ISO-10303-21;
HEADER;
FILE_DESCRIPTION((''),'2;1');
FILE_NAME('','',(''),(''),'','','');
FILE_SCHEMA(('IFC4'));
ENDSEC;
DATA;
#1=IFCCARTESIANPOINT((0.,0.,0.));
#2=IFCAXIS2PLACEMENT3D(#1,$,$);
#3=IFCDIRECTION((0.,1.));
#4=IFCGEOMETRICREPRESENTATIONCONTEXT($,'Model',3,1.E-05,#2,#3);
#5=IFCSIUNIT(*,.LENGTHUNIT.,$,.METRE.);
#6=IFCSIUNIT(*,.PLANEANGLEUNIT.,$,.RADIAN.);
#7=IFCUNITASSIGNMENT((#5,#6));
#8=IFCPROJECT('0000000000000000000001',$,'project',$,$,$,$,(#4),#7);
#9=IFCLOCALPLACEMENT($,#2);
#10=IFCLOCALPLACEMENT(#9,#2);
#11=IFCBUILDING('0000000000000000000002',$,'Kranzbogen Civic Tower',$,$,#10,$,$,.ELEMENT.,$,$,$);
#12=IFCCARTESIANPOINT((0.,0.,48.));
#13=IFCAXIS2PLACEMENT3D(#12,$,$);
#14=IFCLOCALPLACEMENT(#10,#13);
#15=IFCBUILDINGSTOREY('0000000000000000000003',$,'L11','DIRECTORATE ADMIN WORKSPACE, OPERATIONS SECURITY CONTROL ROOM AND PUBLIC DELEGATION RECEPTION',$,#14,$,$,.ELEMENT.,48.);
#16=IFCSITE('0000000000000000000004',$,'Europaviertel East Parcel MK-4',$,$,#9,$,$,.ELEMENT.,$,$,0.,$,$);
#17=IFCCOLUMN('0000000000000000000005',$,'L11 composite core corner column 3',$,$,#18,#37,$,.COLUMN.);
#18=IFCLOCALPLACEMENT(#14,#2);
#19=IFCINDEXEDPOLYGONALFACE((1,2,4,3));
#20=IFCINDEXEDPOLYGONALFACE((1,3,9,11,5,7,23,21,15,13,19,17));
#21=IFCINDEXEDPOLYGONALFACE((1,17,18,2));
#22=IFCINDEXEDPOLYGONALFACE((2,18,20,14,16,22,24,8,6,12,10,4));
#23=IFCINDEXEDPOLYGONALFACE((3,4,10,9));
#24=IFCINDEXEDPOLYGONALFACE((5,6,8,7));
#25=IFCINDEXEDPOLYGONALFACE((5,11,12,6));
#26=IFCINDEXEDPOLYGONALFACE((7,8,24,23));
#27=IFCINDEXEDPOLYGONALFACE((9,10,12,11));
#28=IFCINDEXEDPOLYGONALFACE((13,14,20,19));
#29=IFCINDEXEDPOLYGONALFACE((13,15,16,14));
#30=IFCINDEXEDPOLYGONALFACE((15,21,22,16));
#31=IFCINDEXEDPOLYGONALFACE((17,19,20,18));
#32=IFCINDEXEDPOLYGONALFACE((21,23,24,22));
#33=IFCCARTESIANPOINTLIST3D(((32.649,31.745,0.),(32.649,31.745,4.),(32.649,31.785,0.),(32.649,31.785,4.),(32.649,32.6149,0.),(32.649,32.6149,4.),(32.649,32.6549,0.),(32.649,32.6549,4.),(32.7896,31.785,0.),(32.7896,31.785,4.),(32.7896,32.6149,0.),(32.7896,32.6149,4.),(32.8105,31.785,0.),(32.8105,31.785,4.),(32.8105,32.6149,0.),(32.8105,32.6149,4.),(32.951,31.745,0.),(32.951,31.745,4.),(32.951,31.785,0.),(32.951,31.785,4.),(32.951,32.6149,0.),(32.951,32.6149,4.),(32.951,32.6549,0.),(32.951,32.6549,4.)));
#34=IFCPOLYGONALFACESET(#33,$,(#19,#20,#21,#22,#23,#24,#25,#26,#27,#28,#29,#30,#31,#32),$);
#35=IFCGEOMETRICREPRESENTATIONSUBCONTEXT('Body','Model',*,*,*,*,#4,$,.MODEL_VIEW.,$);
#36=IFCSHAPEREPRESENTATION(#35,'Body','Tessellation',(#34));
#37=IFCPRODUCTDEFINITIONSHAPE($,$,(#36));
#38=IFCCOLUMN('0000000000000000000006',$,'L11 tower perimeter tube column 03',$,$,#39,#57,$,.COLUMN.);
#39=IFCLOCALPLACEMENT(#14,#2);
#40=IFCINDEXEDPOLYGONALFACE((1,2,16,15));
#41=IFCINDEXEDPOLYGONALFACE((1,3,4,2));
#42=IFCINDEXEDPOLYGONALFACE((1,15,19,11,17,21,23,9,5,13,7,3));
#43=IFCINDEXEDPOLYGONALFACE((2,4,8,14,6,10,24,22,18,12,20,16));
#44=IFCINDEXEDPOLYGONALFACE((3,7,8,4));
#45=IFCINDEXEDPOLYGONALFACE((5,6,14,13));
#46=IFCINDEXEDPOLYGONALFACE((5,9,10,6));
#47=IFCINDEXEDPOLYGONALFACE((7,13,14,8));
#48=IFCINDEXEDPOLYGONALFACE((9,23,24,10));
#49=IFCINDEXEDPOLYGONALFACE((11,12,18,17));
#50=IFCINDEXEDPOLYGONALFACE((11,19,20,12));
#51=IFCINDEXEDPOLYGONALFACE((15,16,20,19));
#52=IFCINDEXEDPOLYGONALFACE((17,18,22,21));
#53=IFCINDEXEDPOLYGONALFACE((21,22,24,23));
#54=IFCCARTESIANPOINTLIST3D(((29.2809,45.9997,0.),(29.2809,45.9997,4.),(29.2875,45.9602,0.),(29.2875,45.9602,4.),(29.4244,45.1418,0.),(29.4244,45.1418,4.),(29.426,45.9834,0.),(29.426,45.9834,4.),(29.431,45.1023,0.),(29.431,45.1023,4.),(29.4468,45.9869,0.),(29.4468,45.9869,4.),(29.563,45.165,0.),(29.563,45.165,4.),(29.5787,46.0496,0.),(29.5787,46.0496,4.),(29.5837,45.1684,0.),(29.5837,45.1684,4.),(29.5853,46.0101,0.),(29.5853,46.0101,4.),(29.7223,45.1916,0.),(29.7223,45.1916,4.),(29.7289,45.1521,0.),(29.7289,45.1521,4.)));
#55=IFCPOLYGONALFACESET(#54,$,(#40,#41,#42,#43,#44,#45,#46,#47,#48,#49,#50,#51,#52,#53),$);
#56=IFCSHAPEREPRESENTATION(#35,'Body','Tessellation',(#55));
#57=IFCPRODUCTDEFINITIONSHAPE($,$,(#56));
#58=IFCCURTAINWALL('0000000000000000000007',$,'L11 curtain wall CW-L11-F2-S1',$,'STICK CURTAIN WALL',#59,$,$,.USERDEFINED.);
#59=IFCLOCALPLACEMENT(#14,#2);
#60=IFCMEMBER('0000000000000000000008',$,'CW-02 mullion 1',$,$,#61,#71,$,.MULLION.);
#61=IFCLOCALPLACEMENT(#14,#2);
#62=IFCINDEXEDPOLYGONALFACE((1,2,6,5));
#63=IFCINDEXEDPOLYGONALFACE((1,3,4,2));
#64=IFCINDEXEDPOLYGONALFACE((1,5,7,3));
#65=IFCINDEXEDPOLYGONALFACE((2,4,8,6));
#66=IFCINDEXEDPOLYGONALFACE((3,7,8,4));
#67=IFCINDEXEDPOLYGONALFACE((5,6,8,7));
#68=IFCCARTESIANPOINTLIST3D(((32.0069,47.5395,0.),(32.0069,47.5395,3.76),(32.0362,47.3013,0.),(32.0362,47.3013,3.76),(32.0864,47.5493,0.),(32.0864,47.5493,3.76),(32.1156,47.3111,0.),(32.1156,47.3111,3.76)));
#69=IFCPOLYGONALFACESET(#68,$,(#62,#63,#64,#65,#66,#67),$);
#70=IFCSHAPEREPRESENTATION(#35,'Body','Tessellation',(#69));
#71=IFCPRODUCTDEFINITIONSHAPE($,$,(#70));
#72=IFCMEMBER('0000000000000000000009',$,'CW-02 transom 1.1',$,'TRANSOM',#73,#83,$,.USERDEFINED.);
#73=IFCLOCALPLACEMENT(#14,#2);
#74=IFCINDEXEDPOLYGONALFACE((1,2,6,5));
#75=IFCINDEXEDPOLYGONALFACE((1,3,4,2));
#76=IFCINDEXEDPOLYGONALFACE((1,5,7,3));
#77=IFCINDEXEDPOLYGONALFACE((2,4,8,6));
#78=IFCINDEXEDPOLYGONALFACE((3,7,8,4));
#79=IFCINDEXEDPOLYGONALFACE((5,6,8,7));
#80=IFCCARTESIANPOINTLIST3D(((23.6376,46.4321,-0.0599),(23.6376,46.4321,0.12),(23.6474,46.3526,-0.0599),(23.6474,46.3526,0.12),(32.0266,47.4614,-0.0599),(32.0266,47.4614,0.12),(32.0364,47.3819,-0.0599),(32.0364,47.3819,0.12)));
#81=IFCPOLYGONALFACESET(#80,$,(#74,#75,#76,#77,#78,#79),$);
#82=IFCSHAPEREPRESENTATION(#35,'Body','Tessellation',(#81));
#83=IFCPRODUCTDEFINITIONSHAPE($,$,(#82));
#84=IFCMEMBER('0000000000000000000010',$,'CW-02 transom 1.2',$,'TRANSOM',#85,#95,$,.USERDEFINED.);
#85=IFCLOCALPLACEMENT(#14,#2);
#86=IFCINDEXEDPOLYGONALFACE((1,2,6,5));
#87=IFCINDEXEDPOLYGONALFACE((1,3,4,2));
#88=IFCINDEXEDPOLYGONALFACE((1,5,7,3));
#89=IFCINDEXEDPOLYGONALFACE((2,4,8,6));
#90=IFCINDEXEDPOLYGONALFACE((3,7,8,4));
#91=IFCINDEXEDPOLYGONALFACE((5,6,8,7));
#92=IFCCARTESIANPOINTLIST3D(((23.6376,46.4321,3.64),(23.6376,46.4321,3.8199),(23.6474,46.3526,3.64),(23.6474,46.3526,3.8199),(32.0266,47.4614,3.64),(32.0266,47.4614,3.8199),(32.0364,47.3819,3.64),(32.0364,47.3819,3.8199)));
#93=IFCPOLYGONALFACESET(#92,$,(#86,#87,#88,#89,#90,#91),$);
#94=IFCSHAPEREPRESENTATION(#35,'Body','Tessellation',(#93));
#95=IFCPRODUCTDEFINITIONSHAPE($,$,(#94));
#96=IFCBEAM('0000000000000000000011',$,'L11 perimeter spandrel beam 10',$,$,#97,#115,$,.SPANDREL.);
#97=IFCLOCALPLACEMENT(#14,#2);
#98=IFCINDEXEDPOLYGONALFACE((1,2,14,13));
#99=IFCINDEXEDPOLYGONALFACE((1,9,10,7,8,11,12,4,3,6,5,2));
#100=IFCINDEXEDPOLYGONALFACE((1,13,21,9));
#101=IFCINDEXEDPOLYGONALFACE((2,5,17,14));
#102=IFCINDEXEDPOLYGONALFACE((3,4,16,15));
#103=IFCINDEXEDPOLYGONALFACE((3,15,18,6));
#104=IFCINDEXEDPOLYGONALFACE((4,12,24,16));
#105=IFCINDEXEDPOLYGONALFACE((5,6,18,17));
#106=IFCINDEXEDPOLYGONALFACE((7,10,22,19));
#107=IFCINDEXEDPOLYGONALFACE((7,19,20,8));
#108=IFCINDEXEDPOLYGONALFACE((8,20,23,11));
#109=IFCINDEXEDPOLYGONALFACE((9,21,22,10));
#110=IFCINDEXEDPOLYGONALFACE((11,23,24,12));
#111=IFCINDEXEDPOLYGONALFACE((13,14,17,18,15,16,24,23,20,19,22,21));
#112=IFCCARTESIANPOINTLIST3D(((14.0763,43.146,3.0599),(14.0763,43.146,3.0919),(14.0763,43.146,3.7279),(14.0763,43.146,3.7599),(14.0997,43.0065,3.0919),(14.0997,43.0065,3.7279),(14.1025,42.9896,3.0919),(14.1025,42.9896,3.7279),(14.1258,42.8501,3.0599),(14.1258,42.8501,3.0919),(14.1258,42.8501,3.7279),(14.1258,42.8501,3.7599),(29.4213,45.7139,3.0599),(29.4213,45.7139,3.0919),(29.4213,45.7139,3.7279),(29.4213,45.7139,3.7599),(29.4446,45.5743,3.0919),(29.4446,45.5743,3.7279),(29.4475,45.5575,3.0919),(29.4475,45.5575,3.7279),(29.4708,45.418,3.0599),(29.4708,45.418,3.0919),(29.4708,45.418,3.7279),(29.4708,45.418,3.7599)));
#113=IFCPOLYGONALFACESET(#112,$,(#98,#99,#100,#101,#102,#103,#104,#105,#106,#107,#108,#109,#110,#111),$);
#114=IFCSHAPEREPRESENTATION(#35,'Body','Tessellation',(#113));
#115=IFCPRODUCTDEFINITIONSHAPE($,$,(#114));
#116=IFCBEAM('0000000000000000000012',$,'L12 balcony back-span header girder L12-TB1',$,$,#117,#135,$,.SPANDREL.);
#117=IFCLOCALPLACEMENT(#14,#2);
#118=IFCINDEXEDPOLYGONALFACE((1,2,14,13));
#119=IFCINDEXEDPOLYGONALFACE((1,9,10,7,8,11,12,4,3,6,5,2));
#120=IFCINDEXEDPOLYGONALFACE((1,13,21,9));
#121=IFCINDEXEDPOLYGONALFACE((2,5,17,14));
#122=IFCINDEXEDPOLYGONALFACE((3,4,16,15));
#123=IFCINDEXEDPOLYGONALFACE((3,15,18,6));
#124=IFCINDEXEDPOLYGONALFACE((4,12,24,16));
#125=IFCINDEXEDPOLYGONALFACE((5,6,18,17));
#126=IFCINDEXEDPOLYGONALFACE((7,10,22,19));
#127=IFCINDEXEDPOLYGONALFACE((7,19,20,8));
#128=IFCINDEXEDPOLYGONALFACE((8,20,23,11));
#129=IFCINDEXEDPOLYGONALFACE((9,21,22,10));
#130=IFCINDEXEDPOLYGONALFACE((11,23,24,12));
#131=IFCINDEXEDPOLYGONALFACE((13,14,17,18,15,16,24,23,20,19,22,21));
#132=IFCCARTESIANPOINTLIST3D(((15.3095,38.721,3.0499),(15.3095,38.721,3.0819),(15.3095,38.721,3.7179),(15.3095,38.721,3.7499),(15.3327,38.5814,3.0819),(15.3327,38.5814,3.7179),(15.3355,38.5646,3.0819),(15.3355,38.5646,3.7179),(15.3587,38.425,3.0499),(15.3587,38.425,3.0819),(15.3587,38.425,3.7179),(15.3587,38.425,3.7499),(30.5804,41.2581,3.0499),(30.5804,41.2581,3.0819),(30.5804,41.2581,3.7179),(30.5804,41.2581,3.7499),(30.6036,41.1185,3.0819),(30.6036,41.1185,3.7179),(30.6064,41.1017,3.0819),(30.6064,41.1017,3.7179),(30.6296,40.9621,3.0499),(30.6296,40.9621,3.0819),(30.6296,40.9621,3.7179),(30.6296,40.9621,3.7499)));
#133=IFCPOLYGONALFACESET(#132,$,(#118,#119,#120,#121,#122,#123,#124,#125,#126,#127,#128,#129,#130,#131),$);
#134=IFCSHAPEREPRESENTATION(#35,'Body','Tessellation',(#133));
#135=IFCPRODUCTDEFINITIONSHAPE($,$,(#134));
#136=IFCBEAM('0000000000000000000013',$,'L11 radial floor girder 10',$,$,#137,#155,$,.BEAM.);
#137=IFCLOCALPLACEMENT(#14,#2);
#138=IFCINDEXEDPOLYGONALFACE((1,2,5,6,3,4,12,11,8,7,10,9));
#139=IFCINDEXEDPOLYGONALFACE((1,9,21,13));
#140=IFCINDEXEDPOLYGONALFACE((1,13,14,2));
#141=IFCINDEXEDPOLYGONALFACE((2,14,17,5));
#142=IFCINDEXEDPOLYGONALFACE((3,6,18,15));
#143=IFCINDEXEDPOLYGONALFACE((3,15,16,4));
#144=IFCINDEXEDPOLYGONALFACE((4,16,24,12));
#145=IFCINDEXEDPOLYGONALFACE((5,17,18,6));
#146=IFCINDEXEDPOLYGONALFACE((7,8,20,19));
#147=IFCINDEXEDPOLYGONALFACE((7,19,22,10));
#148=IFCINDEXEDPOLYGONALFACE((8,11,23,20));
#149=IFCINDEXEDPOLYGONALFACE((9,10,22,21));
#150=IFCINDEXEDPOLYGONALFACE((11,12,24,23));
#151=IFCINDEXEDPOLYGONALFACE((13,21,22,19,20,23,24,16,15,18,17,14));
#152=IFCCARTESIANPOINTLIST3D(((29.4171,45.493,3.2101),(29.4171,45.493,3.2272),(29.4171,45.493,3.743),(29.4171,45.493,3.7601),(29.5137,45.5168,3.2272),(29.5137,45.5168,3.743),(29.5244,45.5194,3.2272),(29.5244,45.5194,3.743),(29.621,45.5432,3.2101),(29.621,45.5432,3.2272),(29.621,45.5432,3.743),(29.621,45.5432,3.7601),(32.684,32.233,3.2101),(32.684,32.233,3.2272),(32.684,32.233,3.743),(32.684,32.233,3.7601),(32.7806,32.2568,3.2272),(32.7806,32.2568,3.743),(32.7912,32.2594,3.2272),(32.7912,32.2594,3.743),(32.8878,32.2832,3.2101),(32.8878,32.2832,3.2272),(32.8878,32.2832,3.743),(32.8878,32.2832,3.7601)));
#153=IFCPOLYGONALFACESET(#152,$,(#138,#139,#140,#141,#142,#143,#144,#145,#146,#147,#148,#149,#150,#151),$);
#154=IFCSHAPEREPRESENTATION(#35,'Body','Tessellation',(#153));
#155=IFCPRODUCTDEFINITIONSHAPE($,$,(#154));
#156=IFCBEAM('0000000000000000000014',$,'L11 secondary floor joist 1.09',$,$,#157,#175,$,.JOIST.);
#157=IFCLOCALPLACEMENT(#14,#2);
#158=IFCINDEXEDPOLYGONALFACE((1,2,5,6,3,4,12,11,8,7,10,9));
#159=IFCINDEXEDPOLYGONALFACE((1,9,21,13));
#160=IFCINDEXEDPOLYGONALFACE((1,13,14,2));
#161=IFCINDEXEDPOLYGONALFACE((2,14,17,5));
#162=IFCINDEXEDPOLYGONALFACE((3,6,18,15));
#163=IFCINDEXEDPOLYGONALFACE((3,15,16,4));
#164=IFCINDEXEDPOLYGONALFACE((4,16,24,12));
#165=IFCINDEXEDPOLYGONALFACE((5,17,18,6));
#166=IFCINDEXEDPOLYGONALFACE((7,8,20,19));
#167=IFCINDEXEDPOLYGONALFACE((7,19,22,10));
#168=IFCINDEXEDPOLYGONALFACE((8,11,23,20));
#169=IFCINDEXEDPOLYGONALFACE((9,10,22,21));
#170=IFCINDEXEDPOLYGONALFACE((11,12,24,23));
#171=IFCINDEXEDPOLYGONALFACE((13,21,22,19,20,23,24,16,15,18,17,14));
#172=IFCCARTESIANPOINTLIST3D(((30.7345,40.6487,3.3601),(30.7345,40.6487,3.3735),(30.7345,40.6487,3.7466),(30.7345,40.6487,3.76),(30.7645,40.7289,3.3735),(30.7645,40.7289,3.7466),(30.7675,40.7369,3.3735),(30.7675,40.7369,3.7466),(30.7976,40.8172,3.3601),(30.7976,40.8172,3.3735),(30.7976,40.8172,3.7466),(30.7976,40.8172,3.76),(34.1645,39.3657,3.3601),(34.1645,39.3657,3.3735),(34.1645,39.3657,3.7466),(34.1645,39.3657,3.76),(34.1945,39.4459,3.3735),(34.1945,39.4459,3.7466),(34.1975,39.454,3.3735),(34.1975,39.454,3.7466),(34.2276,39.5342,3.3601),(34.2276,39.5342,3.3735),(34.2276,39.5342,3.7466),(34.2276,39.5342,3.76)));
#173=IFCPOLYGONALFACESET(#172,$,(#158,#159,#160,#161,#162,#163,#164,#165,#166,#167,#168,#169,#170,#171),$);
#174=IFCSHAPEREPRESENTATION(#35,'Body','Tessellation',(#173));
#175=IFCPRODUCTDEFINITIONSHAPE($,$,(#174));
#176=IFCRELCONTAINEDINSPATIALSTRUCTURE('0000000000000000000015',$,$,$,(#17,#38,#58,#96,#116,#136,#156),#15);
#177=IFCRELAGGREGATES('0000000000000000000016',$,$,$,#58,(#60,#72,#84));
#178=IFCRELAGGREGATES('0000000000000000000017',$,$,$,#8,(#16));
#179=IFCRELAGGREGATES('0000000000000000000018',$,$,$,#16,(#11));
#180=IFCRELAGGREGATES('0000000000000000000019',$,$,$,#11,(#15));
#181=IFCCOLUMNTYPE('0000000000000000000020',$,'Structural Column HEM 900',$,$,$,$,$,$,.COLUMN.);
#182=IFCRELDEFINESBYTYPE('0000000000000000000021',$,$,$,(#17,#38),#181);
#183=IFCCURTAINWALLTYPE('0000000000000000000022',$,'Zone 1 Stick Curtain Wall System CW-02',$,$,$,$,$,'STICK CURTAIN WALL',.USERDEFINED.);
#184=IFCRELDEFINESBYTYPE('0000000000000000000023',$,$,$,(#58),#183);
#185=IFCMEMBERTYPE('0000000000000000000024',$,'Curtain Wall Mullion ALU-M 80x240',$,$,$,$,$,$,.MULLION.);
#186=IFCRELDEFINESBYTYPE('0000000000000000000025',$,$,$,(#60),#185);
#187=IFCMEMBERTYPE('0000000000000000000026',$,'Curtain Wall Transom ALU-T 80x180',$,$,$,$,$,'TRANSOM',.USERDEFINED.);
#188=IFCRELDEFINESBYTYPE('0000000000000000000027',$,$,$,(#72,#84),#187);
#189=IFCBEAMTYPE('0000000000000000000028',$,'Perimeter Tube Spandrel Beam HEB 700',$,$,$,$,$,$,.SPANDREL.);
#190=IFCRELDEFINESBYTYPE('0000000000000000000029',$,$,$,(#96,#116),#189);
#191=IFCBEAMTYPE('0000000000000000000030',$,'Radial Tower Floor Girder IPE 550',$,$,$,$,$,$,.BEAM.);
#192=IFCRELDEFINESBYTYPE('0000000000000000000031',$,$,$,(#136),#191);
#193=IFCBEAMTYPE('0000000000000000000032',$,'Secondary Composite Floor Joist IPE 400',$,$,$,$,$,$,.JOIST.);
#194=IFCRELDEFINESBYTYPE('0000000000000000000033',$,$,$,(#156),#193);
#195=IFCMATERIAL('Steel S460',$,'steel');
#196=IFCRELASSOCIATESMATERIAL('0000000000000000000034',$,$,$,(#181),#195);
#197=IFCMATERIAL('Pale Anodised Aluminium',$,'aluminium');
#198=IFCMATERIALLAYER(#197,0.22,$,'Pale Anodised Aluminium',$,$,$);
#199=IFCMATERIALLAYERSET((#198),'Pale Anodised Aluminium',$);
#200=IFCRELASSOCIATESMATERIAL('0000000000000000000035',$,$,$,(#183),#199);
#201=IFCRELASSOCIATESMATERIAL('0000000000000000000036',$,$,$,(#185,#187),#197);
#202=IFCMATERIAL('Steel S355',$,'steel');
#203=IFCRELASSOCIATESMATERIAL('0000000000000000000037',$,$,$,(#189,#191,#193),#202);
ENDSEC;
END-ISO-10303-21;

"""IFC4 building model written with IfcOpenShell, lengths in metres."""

from ifc_helpers import new_model, si_unit, direction, frame, origin, origin_2d, place, context, subcontext, project, spatial, rectangle, i_section, extrude, material, layer, layer_set, material_profile, profile_set, type_object, element, aggregate, save


model = new_model("IFC4")

# Units and contexts
model_context = context("Model", 3, precision=1e-05, world=origin(), true_north=direction((0.0, 1.0)))
body_context = subcontext(model_context, "Body", "Model", "MODEL_VIEW")
ifc_project = project(units=[si_unit("LENGTHUNIT", "METRE"), si_unit("PLANEANGLEUNIT", "RADIAN")], contexts=[model_context])

# Site, building, storey
site_placement = place(None, origin())
site = spatial("IfcSite", under=ifc_project, at=site_placement, Name="Europaviertel East Parcel MK-4", CompositionType="ELEMENT", RefElevation=0.0)
building_placement = place(site_placement, origin())
building = spatial("IfcBuilding", under=site, at=building_placement, Name="Kranzbogen Civic Tower", CompositionType="ELEMENT")
storey_placement = place(building_placement, frame((0.0, 0.0, 48.0)))
storey = spatial("IfcBuildingStorey", under=building, at=storey_placement, Name="L11", Description="DIRECTORATE ADMIN WORKSPACE, OPERATIONS SECURITY CONTROL ROOM AND PUBLIC DELEGATION RECEPTION", CompositionType="ELEMENT", Elevation=48.0)

# Columns
ifc_material_1 = material(Name="Steel S460", Category="steel")
ifc_material_profile_1 = material_profile(ifc_material_1, i_section(OverallWidth=0.302, OverallDepth=0.9099, WebThickness=0.021, FlangeThickness=0.04, at=origin_2d()), Name="HEM 900")
ifc_profile_set_1 = profile_set([ifc_material_profile_1], Name="Steel S460")
column_type = type_object("IfcColumnType", Name="Structural Column HEM 900", PredefinedType="COLUMN", material=ifc_profile_set_1)
for number, where, z_axis, x_axis, name in (
    (1, (32.8, 32.2, 0.0), (0.0, 0.0, 1.0), (1.0, 0.0, 0.0), "L11 composite core corner column 3"),
    (2, (29.5049, 45.5759, 0.0), (0.0, 0.0, 1.0), (0.986286, 0.165048, 0.0), "L11 tower perimeter tube column 03"),
):
    element("IfcColumn", number, at=place(storey_placement, frame(where, z_axis=z_axis, x_axis=x_axis)), inside=storey, type_object=column_type, Name=name, PredefinedType="COLUMN", context=body_context, shape_type="SweptSolid", body=[
        extrude(i_section(OverallWidth=0.302, OverallDepth=0.9099, WebThickness=0.021, FlangeThickness=0.04, at=origin_2d()), origin(), (0.0, 0.0, 1.0), 4.0),
    ])

# Curtain wall, members
ifc_material_2 = material(Name="Pale Anodised Aluminium", Category="aluminium")
ifc_layer_1 = layer(ifc_material_2, 0.22, Name="Pale Anodised Aluminium")
ifc_layer_set_1 = layer_set([ifc_layer_1], Name="Pale Anodised Aluminium")
curtain_wall_type = type_object("IfcCurtainWallType", Name="Zone 1 Stick Curtain Wall System CW-02", ElementType="STICK CURTAIN WALL", PredefinedType="USERDEFINED", material=ifc_layer_set_1)
curtain_wall_placement = place(storey_placement, origin())
curtain_wall = element("IfcCurtainWall", 3, at=curtain_wall_placement, inside=storey, type_object=curtain_wall_type, Name="L11 curtain wall CW-L11-F2-S1", ObjectType="STICK CURTAIN WALL", PredefinedType="USERDEFINED")
ifc_material_profile_2 = material_profile(ifc_material_2, rectangle(XDim=0.0801, YDim=0.24, at=origin_2d()), Name="ALU-M 80x240")
ifc_profile_set_2 = profile_set([ifc_material_profile_2], Name="Pale Anodised Aluminium")
member_type_1 = type_object("IfcMemberType", Name="Curtain Wall Mullion ALU-M 80x240", PredefinedType="MULLION", material=ifc_profile_set_2)
member_1_placement = place(storey_placement, frame((32.0613, 47.4253, 0.0), z_axis=(0.0, 0.0, 1.0), x_axis=(-0.992555, -0.121795, 0.0)))
member_1 = element("IfcMember", 4, at=member_1_placement, type_object=member_type_1, Name="CW-02 mullion 1", PredefinedType="MULLION", context=body_context, shape_type="SweptSolid", body=[
    extrude(rectangle(XDim=0.0801, YDim=0.24, at=origin_2d()), origin(), (0.0, 0.0, 1.0), 3.76),
])
ifc_material_profile_3 = material_profile(ifc_material_2, rectangle(XDim=0.0801, YDim=0.1799, at=origin_2d()), Name="ALU-T 80x180")
ifc_profile_set_3 = profile_set([ifc_material_profile_3], Name="Pale Anodised Aluminium")
member_type_2 = type_object("IfcMemberType", Name="Curtain Wall Transom ALU-T 80x180", ElementType="TRANSOM", PredefinedType="USERDEFINED", material=ifc_profile_set_3)
member_2_placement = place(storey_placement, frame((32.0315, 47.4216, 0.03), z_axis=(-0.992557, -0.121784, 0.0), x_axis=(0.121784, -0.992557, 0.0)))
member_2 = element("IfcMember", 5, at=member_2_placement, type_object=member_type_2, Name="CW-02 transom 1.1", ObjectType="TRANSOM", PredefinedType="USERDEFINED", context=body_context, shape_type="SweptSolid", body=[
    extrude(rectangle(XDim=0.0801, YDim=0.1799, at=origin_2d()), origin(), (0.0, 0.0, 1.0), 8.4519),
])
member_3_placement = place(storey_placement, frame((32.0315, 47.4216, 3.73), z_axis=(-0.992557, -0.121784, 0.0), x_axis=(0.121784, -0.992557, 0.0)))
member_3 = element("IfcMember", 6, at=member_3_placement, type_object=member_type_2, Name="CW-02 transom 1.2", ObjectType="TRANSOM", PredefinedType="USERDEFINED", context=body_context, shape_type="SweptSolid", body=[
    extrude(rectangle(XDim=0.0801, YDim=0.1799, at=origin_2d()), origin(), (0.0, 0.0, 1.0), 8.4519),
])

# Beams
ifc_material_3 = material(Name="Steel S355", Category="steel")
ifc_material_profile_4 = material_profile(ifc_material_3, i_section(OverallWidth=0.3, OverallDepth=0.7, WebThickness=0.0171, FlangeThickness=0.032, at=origin_2d()), Name="HEB 700")
ifc_profile_set_4 = profile_set([ifc_material_profile_4], Name="Steel S355")
beam_type_1 = type_object("IfcBeamType", Name="Perimeter Tube Spandrel Beam HEB 700", PredefinedType="SPANDREL", material=ifc_profile_set_4)
beam_1_placement = place(storey_placement, frame((29.446, 45.5659, 3.4099), z_axis=(-0.986286, -0.165048, 0.0), x_axis=(0.165048, -0.986286, 0.0)))
element("IfcBeam", 7, at=beam_1_placement, inside=storey, type_object=beam_type_1, Name="L11 perimeter spandrel beam 10", PredefinedType="SPANDREL", context=body_context, shape_type="SweptSolid", body=[
    extrude(i_section(OverallWidth=0.3, OverallDepth=0.7, WebThickness=0.0171, FlangeThickness=0.032, at=origin_2d()), origin(), (0.0, 0.0, 1.0), 15.5583),
])
beam_2_placement = place(storey_placement, frame((30.605, 41.1101, 3.3999), z_axis=(-0.986478, -0.163893, 0.0), x_axis=(0.163893, -0.986478, 0.0)))
element("IfcBeam", 8, at=beam_2_placement, inside=storey, type_object=beam_type_1, Name="L12 balcony back-span header girder L12-TB1", PredefinedType="SPANDREL", context=body_context, shape_type="SweptSolid", body=[
    extrude(i_section(OverallWidth=0.3, OverallDepth=0.7, WebThickness=0.0171, FlangeThickness=0.032, at=origin_2d()), origin(), (0.0, 0.0, 1.0), 15.4802),
])
ifc_material_profile_5 = material_profile(ifc_material_3, i_section(OverallWidth=0.21, OverallDepth=0.55, WebThickness=0.011, FlangeThickness=0.0171, at=origin_2d()), Name="IPE 550")
ifc_profile_set_5 = profile_set([ifc_material_profile_5], Name="Steel S355")
beam_type_2 = type_object("IfcBeamType", Name="Radial Tower Floor Girder IPE 550", PredefinedType="BEAM", material=ifc_profile_set_5)
beam_3_placement = place(storey_placement, frame((29.519, 45.5181, 3.4851), z_axis=(0.239215, -0.970967, 0.0), x_axis=(0.970967, 0.239215, 0.0)))
element("IfcBeam", 9, at=beam_3_placement, inside=storey, type_object=beam_type_2, Name="L11 radial floor girder 10", PredefinedType="BEAM", context=body_context, shape_type="SweptSolid", body=[
    extrude(i_section(OverallWidth=0.21, OverallDepth=0.55, WebThickness=0.011, FlangeThickness=0.0171, at=origin_2d()), origin(), (0.0, 0.0, 1.0), 13.6565),
])
ifc_material_profile_6 = material_profile(ifc_material_3, i_section(OverallWidth=0.1799, OverallDepth=0.3999, WebThickness=0.0085, FlangeThickness=0.0134, at=origin_2d()), Name="IPE 400")
ifc_profile_set_6 = profile_set([ifc_material_profile_6], Name="Steel S355")
beam_type_3 = type_object("IfcBeamType", Name="Secondary Composite Floor Joist IPE 400", PredefinedType="JOIST", material=ifc_profile_set_6)
beam_4_placement = place(storey_placement, frame((34.196, 39.45, 3.5601), z_axis=(-0.936622, 0.350342, 0.0), x_axis=(-0.350342, -0.936622, 0.0)))
element("IfcBeam", 10, at=beam_4_placement, inside=storey, type_object=beam_type_3, Name="L11 secondary floor joist 1.09", PredefinedType="JOIST", context=body_context, shape_type="SweptSolid", body=[
    extrude(i_section(OverallWidth=0.1799, OverallDepth=0.3999, WebThickness=0.0085, FlangeThickness=0.0134, at=origin_2d()), origin(), (0.0, 0.0, 1.0), 3.6621),
])

aggregate(curtain_wall, [member_1, member_2, member_3])

save(model, "model.ifc")
